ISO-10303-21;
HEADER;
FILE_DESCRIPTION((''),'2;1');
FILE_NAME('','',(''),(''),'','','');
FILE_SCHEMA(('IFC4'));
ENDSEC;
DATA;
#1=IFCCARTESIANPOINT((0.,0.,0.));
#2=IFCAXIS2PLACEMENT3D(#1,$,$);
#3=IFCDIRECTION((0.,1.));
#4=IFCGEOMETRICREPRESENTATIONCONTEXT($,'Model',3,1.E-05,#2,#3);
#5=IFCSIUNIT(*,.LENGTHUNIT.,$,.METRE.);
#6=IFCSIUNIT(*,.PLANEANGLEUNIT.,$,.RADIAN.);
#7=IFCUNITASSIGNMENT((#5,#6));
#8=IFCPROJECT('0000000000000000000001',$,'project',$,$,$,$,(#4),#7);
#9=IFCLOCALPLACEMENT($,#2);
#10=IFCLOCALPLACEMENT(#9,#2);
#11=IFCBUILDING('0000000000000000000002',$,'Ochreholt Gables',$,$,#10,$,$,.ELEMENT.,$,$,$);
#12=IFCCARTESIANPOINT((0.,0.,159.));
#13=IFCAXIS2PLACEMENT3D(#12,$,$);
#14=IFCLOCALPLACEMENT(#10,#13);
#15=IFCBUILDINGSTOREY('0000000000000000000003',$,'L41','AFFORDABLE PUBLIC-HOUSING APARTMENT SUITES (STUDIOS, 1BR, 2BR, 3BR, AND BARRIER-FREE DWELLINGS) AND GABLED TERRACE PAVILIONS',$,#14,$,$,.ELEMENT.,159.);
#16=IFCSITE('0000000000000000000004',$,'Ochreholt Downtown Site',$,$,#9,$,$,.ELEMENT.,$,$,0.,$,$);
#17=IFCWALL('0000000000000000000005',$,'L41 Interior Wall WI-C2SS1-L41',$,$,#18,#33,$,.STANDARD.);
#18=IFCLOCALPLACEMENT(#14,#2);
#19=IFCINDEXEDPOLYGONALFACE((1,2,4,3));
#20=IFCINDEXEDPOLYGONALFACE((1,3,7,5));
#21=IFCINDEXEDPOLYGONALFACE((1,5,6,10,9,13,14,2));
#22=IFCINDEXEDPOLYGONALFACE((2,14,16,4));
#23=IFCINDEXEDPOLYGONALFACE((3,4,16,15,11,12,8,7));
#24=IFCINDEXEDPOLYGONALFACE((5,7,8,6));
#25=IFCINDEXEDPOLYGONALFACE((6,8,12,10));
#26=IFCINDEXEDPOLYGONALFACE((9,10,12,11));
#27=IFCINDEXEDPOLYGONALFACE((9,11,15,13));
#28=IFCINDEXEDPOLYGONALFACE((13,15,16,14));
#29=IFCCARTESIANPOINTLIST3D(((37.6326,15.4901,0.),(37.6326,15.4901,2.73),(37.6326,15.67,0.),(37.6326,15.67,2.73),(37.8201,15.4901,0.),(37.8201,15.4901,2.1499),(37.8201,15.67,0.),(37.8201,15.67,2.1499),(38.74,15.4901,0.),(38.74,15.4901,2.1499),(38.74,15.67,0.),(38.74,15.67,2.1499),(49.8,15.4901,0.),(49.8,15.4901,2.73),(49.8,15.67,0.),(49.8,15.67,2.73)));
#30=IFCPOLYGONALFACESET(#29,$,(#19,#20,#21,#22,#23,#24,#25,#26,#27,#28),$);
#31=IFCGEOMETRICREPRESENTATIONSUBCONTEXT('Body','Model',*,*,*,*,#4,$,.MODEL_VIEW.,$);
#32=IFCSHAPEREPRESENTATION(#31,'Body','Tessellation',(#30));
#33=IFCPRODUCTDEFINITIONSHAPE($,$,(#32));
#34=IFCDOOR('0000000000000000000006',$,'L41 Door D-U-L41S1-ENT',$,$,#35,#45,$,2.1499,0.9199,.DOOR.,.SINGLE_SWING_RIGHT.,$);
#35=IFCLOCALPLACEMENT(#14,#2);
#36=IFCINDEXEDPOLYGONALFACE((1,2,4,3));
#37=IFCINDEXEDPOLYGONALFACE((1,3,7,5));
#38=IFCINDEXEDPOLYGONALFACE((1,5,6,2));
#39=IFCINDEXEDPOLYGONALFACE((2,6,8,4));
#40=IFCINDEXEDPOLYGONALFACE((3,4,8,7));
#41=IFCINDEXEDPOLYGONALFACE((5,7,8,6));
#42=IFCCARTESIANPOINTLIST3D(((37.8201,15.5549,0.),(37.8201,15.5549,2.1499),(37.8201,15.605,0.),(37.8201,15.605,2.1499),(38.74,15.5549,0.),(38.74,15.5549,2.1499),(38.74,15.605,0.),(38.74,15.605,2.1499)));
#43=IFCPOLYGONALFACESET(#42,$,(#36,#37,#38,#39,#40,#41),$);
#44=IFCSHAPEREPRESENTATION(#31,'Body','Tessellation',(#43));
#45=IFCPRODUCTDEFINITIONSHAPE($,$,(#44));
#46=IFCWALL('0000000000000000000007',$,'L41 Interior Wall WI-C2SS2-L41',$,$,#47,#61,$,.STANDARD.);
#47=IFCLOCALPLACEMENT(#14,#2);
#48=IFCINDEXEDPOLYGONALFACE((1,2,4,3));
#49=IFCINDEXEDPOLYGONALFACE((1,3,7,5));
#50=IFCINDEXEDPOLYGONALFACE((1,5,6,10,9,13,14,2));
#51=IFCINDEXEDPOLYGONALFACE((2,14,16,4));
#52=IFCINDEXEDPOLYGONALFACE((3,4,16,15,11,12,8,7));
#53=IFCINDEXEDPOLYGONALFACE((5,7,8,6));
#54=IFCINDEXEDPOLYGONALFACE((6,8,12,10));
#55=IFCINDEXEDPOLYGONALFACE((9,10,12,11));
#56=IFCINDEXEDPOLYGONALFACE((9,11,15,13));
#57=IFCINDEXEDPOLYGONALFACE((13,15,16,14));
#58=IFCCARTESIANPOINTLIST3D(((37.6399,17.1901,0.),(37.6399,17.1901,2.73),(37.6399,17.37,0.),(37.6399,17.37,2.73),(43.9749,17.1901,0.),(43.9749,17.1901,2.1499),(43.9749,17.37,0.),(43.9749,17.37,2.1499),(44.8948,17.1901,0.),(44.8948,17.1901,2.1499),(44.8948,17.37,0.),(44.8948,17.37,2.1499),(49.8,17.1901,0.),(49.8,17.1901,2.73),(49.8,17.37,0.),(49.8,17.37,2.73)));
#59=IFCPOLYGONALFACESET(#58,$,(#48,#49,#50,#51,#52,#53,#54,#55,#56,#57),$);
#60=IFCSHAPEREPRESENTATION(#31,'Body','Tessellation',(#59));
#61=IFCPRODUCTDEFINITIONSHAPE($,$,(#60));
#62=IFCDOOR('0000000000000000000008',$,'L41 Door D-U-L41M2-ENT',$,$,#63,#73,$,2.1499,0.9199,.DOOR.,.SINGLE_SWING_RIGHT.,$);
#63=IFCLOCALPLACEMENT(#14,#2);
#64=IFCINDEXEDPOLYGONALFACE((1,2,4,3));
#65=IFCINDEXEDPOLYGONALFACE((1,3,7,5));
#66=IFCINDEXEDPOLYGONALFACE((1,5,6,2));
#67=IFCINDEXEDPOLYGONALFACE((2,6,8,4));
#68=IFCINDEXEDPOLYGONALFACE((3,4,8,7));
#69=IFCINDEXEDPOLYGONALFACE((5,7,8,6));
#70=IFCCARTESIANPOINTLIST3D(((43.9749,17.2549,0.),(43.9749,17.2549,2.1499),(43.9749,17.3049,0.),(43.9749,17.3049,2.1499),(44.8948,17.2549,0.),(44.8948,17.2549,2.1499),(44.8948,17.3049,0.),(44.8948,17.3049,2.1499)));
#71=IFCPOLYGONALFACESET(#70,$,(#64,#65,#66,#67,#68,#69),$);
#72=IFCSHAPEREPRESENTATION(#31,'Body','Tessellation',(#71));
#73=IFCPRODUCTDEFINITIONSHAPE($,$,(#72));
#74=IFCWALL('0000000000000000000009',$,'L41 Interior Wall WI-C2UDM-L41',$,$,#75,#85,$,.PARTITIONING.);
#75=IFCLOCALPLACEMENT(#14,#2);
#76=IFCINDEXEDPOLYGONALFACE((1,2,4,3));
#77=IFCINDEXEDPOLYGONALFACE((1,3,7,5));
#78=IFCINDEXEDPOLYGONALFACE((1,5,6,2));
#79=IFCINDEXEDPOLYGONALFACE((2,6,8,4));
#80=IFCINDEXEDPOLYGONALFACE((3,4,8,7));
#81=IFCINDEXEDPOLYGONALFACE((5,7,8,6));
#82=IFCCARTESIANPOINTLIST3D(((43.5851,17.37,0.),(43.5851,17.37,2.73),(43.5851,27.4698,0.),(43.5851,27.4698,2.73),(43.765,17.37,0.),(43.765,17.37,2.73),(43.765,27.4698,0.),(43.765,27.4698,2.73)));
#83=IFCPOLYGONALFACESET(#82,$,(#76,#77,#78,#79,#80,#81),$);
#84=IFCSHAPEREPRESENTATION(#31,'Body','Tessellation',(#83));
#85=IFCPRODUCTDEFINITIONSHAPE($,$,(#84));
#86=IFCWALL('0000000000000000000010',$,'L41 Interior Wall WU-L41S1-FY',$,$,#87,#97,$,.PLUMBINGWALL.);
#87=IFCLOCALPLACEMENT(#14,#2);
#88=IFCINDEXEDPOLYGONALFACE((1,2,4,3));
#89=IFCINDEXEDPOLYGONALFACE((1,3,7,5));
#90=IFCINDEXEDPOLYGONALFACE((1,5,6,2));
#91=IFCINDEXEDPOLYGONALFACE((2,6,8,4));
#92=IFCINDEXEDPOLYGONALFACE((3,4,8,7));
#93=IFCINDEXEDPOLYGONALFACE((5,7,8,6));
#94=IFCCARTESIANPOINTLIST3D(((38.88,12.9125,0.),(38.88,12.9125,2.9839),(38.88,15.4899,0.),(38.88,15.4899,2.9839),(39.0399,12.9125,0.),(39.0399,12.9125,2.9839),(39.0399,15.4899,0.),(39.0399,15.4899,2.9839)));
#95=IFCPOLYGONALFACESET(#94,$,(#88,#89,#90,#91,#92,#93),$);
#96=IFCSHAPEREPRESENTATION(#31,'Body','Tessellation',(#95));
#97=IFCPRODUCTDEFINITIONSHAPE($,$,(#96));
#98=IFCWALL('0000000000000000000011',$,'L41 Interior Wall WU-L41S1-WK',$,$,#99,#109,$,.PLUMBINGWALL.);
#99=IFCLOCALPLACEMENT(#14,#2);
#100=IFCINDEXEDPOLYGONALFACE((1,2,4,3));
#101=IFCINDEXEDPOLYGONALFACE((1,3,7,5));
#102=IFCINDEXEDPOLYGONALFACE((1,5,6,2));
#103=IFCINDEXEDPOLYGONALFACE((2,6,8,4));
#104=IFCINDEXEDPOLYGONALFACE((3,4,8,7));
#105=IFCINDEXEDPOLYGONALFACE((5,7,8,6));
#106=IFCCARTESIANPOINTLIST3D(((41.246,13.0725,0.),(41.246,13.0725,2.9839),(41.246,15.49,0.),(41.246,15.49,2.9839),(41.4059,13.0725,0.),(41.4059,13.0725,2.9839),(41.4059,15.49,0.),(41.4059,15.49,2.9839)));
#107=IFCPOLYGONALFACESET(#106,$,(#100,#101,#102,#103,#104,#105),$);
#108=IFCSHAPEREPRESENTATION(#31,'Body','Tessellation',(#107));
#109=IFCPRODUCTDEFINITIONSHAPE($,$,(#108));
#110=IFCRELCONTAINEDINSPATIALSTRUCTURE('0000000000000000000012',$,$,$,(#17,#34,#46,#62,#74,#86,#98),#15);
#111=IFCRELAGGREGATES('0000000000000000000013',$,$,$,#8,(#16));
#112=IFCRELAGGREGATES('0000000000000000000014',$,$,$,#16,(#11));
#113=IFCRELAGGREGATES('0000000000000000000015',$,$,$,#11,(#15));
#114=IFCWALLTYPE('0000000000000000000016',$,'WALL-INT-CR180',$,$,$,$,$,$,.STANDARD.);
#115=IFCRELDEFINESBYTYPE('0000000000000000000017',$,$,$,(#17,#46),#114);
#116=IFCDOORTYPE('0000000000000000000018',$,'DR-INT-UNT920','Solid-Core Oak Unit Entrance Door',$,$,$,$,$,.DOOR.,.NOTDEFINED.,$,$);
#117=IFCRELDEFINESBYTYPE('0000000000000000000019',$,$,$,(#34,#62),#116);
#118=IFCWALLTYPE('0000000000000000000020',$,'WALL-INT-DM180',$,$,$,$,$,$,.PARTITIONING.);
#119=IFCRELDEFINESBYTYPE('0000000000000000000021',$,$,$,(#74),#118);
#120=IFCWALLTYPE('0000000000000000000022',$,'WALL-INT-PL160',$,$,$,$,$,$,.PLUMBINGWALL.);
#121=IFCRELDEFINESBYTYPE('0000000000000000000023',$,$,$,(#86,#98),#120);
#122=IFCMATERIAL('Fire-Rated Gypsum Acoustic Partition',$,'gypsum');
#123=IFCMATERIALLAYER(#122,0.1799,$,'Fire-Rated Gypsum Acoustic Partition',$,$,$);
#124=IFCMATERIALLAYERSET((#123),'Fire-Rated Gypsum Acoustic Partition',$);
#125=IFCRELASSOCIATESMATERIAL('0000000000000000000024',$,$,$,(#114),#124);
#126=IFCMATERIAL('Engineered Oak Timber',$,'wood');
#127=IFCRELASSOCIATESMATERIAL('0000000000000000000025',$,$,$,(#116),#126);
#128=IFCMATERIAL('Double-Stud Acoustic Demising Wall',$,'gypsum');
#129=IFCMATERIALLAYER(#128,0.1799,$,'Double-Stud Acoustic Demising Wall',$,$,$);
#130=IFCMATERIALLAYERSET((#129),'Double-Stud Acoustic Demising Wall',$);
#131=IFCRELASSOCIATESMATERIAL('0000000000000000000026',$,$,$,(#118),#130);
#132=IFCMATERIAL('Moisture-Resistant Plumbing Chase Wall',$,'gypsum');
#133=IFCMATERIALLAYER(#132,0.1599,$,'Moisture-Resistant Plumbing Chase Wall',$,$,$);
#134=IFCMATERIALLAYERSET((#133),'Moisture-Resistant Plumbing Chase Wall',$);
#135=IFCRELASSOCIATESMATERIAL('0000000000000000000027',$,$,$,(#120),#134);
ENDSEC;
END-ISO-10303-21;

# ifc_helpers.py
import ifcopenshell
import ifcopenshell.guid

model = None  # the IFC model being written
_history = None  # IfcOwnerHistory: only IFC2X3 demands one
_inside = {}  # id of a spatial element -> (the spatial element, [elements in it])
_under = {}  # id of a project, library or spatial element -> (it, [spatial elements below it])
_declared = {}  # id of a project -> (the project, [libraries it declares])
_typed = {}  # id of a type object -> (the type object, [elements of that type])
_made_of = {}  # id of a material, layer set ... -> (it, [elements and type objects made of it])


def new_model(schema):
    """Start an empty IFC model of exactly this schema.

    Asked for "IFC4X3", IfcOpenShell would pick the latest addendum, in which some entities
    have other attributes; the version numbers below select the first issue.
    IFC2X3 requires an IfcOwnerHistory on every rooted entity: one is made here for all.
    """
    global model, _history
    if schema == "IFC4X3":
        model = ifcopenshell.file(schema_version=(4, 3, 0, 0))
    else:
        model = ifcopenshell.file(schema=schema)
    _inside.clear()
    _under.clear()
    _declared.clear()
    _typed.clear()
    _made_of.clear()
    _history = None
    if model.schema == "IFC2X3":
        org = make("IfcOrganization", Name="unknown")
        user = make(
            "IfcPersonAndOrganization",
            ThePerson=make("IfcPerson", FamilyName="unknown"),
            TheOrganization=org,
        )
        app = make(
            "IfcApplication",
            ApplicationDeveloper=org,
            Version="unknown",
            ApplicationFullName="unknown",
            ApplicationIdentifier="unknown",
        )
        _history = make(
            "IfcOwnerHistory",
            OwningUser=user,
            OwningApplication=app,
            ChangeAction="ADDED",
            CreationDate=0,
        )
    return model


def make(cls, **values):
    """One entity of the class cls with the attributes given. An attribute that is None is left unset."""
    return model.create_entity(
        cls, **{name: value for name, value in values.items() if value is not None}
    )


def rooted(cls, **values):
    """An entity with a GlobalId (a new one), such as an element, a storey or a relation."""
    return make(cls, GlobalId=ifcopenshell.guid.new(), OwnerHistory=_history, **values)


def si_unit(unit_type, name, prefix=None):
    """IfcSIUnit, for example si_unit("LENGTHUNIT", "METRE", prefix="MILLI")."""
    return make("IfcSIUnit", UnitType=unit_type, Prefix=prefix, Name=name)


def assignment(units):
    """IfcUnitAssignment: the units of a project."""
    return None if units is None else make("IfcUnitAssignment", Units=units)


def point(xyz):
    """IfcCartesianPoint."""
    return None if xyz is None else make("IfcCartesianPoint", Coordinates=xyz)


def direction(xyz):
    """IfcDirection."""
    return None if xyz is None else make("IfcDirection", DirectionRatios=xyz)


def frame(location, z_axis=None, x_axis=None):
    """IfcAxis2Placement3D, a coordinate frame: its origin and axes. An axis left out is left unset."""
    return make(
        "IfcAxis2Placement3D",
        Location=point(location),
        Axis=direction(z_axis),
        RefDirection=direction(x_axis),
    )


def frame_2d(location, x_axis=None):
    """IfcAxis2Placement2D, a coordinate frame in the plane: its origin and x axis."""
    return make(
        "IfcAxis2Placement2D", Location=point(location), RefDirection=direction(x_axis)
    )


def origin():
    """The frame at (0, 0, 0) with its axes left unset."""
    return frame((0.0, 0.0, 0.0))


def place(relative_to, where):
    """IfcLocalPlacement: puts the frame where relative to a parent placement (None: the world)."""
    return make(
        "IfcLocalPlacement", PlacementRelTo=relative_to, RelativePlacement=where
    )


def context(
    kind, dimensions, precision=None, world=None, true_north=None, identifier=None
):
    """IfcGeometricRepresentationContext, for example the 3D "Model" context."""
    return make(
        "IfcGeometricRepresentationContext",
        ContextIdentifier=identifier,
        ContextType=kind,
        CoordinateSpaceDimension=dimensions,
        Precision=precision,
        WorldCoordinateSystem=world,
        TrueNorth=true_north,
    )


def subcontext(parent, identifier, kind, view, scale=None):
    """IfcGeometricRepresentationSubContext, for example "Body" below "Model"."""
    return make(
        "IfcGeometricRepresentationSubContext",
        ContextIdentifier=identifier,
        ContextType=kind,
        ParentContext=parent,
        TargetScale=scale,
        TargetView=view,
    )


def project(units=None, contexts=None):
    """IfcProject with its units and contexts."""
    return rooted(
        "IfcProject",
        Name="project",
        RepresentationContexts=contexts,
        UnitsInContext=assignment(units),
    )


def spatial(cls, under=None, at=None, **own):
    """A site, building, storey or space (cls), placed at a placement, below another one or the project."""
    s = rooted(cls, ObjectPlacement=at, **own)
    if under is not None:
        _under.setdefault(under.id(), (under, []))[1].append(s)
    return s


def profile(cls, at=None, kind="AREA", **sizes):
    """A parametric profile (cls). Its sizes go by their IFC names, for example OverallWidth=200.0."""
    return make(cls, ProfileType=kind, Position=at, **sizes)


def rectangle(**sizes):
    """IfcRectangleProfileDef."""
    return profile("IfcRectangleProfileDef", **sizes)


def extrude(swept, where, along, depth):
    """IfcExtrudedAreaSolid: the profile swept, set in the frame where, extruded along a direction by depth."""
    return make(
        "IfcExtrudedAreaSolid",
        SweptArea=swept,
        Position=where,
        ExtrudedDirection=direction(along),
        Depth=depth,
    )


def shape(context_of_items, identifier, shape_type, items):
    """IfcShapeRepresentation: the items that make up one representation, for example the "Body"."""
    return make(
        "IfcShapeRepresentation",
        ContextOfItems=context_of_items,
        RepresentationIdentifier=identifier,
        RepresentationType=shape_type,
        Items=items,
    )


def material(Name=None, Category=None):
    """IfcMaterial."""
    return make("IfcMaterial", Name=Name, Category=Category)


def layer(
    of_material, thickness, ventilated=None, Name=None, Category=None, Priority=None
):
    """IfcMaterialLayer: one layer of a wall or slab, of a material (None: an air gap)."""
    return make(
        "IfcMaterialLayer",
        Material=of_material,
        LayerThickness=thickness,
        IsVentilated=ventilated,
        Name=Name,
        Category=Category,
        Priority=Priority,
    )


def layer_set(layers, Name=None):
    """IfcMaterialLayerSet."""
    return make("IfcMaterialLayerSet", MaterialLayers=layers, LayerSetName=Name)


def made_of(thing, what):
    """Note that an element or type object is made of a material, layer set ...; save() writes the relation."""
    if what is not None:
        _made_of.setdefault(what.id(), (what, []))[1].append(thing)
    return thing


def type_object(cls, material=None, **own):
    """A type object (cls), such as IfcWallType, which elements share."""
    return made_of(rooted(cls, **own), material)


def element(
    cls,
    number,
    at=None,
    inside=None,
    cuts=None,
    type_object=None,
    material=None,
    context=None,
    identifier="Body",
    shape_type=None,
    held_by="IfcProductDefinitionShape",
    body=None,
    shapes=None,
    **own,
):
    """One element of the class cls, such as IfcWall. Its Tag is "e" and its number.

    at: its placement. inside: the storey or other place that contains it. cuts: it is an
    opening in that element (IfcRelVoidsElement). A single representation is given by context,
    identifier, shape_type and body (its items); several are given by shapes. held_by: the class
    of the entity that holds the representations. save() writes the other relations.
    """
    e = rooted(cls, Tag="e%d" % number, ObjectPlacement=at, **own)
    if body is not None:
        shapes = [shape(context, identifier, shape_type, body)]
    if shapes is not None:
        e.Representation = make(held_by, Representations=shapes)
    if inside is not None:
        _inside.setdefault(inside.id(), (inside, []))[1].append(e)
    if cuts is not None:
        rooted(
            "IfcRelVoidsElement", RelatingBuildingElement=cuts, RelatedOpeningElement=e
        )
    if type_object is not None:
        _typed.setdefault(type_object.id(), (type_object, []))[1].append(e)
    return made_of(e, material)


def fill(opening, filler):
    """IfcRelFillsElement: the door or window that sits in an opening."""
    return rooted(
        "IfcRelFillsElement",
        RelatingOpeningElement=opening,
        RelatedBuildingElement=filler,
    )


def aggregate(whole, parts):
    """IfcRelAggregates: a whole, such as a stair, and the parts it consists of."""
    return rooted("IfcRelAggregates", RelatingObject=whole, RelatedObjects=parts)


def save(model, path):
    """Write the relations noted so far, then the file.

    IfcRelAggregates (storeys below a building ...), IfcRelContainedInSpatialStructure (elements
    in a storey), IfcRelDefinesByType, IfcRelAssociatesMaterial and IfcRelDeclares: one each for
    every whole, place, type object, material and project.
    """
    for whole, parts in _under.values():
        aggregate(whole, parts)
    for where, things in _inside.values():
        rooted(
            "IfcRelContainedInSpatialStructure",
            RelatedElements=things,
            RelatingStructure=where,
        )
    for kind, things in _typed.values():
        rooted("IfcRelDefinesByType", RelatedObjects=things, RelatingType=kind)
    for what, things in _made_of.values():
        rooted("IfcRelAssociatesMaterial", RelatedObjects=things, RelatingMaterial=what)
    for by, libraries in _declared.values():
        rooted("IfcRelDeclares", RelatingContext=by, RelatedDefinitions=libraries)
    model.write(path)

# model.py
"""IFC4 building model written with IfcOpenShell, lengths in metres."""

from ifc_helpers import new_model, si_unit, direction, frame, frame_2d, origin, place, context, subcontext, project, spatial, rectangle, extrude, material, layer, layer_set, type_object, element, fill, save


model = new_model("IFC4")

# Units and contexts
model_context = context("Model", 3, precision=1e-05, world=origin(), true_north=direction((0.0, 1.0)))
body_context = subcontext(model_context, "Body", "Model", "MODEL_VIEW")
ifc_project = project(units=[si_unit("LENGTHUNIT", "METRE"), si_unit("PLANEANGLEUNIT", "RADIAN")], contexts=[model_context])

# Site, building, storey
site_placement = place(None, origin())
site = spatial("IfcSite", under=ifc_project, at=site_placement, Name="Ochreholt Downtown Site", CompositionType="ELEMENT", RefElevation=0.0)
building_placement = place(site_placement, origin())
building = spatial("IfcBuilding", under=site, at=building_placement, Name="Ochreholt Gables", CompositionType="ELEMENT")
storey_placement = place(building_placement, frame((0.0, 0.0, 159.0)))
storey = spatial("IfcBuildingStorey", under=building, at=storey_placement, Name="L41", Description="AFFORDABLE PUBLIC-HOUSING APARTMENT SUITES (STUDIOS, 1BR, 2BR, 3BR, AND BARRIER-FREE DWELLINGS) AND GABLED TERRACE PAVILIONS", CompositionType="ELEMENT", Elevation=159.0)

# Walls, openings, doors
ifc_material_1 = material(Name="Fire-Rated Gypsum Acoustic Partition", Category="gypsum")
ifc_layer_1 = layer(ifc_material_1, 0.1799, Name="Fire-Rated Gypsum Acoustic Partition")
ifc_layer_set_1 = layer_set([ifc_layer_1], Name="Fire-Rated Gypsum Acoustic Partition")
wall_type_1 = type_object("IfcWallType", Name="WALL-INT-CR180", PredefinedType="STANDARD", material=ifc_layer_set_1)
ifc_material_2 = material(Name="Engineered Oak Timber", Category="wood")
door_type_1 = type_object("IfcDoorType", Name="DR-INT-UNT920", Description="Solid-Core Oak Unit Entrance Door", OperationType="NOTDEFINED", PredefinedType="DOOR", material=ifc_material_2)
wall_1_placement = place(storey_placement, frame((37.6326, 15.5801, 0.0), z_axis=(0.0, 0.0, 1.0), x_axis=(1.0, 0.0, 0.0)))
wall_1 = element("IfcWall", 1, at=wall_1_placement, inside=storey, type_object=wall_type_1, Name="L41 Interior Wall WI-C2SS1-L41", PredefinedType="STANDARD", context=body_context, shape_type="SweptSolid", body=[
    extrude(rectangle(XDim=12.1675, YDim=0.1799, at=frame_2d((6.0837, 0.0))), origin(), (0.0, 0.0, 1.0), 2.73),
])
opening_1_placement = place(wall_1_placement, frame((0.1875, 0.0, 0.0)))
opening_1 = element("IfcOpeningElement", 2, at=opening_1_placement, cuts=wall_1, PredefinedType="OPENING", context=body_context, shape_type="SweptSolid", body=[
    extrude(rectangle(XDim=0.9199, YDim=2.1499, at=frame_2d((0.46, 1.075))), frame((0.0, 0.0999, 0.0), z_axis=(0.0, -1.0, 0.0), x_axis=(1.0, 0.0, 0.0)), (0.0, 0.0, 1.0), 0.2),
])
door_1_placement = place(opening_1_placement, origin())
door_1 = element("IfcDoor", 3, at=door_1_placement, inside=storey, type_object=door_type_1, Name="L41 Door D-U-L41S1-ENT", OperationType="SINGLE_SWING_RIGHT", OverallHeight=2.1499, OverallWidth=0.9199, PredefinedType="DOOR", context=body_context, shape_type="SweptSolid", body=[
    extrude(rectangle(XDim=0.9199, YDim=2.1499, at=frame_2d((0.46, 1.075))), frame((0.0, 0.0249, 0.0), z_axis=(0.0, -1.0, 0.0), x_axis=(1.0, 0.0, 0.0)), (0.0, 0.0, 1.0), 0.05),
])
fill(opening_1, door_1)
wall_2_placement = place(storey_placement, frame((37.6399, 17.28, 0.0), z_axis=(0.0, 0.0, 1.0), x_axis=(1.0, 0.0, 0.0)))
wall_2 = element("IfcWall", 4, at=wall_2_placement, inside=storey, type_object=wall_type_1, Name="L41 Interior Wall WI-C2SS2-L41", PredefinedType="STANDARD", context=body_context, shape_type="SweptSolid", body=[
    extrude(rectangle(XDim=12.1602, YDim=0.1799, at=frame_2d((6.0801, 0.0))), origin(), (0.0, 0.0, 1.0), 2.73),
])
opening_2_placement = place(wall_2_placement, frame((6.335, 0.0, 0.0)))
opening_2 = element("IfcOpeningElement", 5, at=opening_2_placement, cuts=wall_2, PredefinedType="OPENING", context=body_context, shape_type="SweptSolid", body=[
    extrude(rectangle(XDim=0.9199, YDim=2.1499, at=frame_2d((0.46, 1.075))), frame((0.0, 0.0999, 0.0), z_axis=(0.0, -1.0, 0.0), x_axis=(1.0, 0.0, 0.0)), (0.0, 0.0, 1.0), 0.2),
])
door_2_placement = place(opening_2_placement, origin())
door_2 = element("IfcDoor", 6, at=door_2_placement, inside=storey, type_object=door_type_1, Name="L41 Door D-U-L41M2-ENT", OperationType="SINGLE_SWING_RIGHT", OverallHeight=2.1499, OverallWidth=0.9199, PredefinedType="DOOR", context=body_context, shape_type="SweptSolid", body=[
    extrude(rectangle(XDim=0.9199, YDim=2.1499, at=frame_2d((0.46, 1.075))), frame((0.0, 0.0249, 0.0), z_axis=(0.0, -1.0, 0.0), x_axis=(1.0, 0.0, 0.0)), (0.0, 0.0, 1.0), 0.05),
])
fill(opening_2, door_2)

# Wall
ifc_material_3 = material(Name="Double-Stud Acoustic Demising Wall", Category="gypsum")
ifc_layer_2 = layer(ifc_material_3, 0.1799, Name="Double-Stud Acoustic Demising Wall")
ifc_layer_set_2 = layer_set([ifc_layer_2], Name="Double-Stud Acoustic Demising Wall")
wall_type_2 = type_object("IfcWallType", Name="WALL-INT-DM180", PredefinedType="PARTITIONING", material=ifc_layer_set_2)
wall_3_placement = place(storey_placement, frame((43.675, 17.3701, 0.0), z_axis=(0.0, 0.0, 1.0), x_axis=(0.0, 1.0, 0.0)))
element("IfcWall", 7, at=wall_3_placement, inside=storey, type_object=wall_type_2, Name="L41 Interior Wall WI-C2UDM-L41", PredefinedType="PARTITIONING", context=body_context, shape_type="SweptSolid", body=[
    extrude(rectangle(XDim=10.0999, YDim=0.1799, at=frame_2d((5.0498, 0.0))), origin(), (0.0, 0.0, 1.0), 2.73),
])

# Shared definitions
ifc_material_4 = material(Name="Moisture-Resistant Plumbing Chase Wall", Category="gypsum")
ifc_layer_3 = layer(ifc_material_4, 0.1599, Name="Moisture-Resistant Plumbing Chase Wall")
ifc_layer_set_3 = layer_set([ifc_layer_3], Name="Moisture-Resistant Plumbing Chase Wall")
wall_type_3 = type_object("IfcWallType", Name="WALL-INT-PL160", PredefinedType="PLUMBINGWALL", material=ifc_layer_set_3)

# Walls
wall_4_placement = place(storey_placement, frame((38.96, 12.9126, 0.0), z_axis=(0.0, 0.0, 1.0), x_axis=(0.0, 1.0, 0.0)))
element("IfcWall", 8, at=wall_4_placement, inside=storey, type_object=wall_type_3, Name="L41 Interior Wall WU-L41S1-FY", PredefinedType="PLUMBINGWALL", context=body_context, shape_type="SweptSolid", body=[
    extrude(rectangle(XDim=2.5774, YDim=0.1599, at=frame_2d((1.2886, 0.0))), origin(), (0.0, 0.0, 1.0), 2.9839),
])
wall_5_placement = place(storey_placement, frame((41.3259, 13.0725, 0.0), z_axis=(0.0, 0.0, 1.0), x_axis=(0.0, 1.0, 0.0)))
element("IfcWall", 9, at=wall_5_placement, inside=storey, type_object=wall_type_3, Name="L41 Interior Wall WU-L41S1-WK", PredefinedType="PLUMBINGWALL", context=body_context, shape_type="SweptSolid", body=[
    extrude(rectangle(XDim=2.4175, YDim=0.1599, at=frame_2d((1.2087, 0.0))), origin(), (0.0, 0.0, 1.0), 2.9839),
])

save(model, "model.ifc")
